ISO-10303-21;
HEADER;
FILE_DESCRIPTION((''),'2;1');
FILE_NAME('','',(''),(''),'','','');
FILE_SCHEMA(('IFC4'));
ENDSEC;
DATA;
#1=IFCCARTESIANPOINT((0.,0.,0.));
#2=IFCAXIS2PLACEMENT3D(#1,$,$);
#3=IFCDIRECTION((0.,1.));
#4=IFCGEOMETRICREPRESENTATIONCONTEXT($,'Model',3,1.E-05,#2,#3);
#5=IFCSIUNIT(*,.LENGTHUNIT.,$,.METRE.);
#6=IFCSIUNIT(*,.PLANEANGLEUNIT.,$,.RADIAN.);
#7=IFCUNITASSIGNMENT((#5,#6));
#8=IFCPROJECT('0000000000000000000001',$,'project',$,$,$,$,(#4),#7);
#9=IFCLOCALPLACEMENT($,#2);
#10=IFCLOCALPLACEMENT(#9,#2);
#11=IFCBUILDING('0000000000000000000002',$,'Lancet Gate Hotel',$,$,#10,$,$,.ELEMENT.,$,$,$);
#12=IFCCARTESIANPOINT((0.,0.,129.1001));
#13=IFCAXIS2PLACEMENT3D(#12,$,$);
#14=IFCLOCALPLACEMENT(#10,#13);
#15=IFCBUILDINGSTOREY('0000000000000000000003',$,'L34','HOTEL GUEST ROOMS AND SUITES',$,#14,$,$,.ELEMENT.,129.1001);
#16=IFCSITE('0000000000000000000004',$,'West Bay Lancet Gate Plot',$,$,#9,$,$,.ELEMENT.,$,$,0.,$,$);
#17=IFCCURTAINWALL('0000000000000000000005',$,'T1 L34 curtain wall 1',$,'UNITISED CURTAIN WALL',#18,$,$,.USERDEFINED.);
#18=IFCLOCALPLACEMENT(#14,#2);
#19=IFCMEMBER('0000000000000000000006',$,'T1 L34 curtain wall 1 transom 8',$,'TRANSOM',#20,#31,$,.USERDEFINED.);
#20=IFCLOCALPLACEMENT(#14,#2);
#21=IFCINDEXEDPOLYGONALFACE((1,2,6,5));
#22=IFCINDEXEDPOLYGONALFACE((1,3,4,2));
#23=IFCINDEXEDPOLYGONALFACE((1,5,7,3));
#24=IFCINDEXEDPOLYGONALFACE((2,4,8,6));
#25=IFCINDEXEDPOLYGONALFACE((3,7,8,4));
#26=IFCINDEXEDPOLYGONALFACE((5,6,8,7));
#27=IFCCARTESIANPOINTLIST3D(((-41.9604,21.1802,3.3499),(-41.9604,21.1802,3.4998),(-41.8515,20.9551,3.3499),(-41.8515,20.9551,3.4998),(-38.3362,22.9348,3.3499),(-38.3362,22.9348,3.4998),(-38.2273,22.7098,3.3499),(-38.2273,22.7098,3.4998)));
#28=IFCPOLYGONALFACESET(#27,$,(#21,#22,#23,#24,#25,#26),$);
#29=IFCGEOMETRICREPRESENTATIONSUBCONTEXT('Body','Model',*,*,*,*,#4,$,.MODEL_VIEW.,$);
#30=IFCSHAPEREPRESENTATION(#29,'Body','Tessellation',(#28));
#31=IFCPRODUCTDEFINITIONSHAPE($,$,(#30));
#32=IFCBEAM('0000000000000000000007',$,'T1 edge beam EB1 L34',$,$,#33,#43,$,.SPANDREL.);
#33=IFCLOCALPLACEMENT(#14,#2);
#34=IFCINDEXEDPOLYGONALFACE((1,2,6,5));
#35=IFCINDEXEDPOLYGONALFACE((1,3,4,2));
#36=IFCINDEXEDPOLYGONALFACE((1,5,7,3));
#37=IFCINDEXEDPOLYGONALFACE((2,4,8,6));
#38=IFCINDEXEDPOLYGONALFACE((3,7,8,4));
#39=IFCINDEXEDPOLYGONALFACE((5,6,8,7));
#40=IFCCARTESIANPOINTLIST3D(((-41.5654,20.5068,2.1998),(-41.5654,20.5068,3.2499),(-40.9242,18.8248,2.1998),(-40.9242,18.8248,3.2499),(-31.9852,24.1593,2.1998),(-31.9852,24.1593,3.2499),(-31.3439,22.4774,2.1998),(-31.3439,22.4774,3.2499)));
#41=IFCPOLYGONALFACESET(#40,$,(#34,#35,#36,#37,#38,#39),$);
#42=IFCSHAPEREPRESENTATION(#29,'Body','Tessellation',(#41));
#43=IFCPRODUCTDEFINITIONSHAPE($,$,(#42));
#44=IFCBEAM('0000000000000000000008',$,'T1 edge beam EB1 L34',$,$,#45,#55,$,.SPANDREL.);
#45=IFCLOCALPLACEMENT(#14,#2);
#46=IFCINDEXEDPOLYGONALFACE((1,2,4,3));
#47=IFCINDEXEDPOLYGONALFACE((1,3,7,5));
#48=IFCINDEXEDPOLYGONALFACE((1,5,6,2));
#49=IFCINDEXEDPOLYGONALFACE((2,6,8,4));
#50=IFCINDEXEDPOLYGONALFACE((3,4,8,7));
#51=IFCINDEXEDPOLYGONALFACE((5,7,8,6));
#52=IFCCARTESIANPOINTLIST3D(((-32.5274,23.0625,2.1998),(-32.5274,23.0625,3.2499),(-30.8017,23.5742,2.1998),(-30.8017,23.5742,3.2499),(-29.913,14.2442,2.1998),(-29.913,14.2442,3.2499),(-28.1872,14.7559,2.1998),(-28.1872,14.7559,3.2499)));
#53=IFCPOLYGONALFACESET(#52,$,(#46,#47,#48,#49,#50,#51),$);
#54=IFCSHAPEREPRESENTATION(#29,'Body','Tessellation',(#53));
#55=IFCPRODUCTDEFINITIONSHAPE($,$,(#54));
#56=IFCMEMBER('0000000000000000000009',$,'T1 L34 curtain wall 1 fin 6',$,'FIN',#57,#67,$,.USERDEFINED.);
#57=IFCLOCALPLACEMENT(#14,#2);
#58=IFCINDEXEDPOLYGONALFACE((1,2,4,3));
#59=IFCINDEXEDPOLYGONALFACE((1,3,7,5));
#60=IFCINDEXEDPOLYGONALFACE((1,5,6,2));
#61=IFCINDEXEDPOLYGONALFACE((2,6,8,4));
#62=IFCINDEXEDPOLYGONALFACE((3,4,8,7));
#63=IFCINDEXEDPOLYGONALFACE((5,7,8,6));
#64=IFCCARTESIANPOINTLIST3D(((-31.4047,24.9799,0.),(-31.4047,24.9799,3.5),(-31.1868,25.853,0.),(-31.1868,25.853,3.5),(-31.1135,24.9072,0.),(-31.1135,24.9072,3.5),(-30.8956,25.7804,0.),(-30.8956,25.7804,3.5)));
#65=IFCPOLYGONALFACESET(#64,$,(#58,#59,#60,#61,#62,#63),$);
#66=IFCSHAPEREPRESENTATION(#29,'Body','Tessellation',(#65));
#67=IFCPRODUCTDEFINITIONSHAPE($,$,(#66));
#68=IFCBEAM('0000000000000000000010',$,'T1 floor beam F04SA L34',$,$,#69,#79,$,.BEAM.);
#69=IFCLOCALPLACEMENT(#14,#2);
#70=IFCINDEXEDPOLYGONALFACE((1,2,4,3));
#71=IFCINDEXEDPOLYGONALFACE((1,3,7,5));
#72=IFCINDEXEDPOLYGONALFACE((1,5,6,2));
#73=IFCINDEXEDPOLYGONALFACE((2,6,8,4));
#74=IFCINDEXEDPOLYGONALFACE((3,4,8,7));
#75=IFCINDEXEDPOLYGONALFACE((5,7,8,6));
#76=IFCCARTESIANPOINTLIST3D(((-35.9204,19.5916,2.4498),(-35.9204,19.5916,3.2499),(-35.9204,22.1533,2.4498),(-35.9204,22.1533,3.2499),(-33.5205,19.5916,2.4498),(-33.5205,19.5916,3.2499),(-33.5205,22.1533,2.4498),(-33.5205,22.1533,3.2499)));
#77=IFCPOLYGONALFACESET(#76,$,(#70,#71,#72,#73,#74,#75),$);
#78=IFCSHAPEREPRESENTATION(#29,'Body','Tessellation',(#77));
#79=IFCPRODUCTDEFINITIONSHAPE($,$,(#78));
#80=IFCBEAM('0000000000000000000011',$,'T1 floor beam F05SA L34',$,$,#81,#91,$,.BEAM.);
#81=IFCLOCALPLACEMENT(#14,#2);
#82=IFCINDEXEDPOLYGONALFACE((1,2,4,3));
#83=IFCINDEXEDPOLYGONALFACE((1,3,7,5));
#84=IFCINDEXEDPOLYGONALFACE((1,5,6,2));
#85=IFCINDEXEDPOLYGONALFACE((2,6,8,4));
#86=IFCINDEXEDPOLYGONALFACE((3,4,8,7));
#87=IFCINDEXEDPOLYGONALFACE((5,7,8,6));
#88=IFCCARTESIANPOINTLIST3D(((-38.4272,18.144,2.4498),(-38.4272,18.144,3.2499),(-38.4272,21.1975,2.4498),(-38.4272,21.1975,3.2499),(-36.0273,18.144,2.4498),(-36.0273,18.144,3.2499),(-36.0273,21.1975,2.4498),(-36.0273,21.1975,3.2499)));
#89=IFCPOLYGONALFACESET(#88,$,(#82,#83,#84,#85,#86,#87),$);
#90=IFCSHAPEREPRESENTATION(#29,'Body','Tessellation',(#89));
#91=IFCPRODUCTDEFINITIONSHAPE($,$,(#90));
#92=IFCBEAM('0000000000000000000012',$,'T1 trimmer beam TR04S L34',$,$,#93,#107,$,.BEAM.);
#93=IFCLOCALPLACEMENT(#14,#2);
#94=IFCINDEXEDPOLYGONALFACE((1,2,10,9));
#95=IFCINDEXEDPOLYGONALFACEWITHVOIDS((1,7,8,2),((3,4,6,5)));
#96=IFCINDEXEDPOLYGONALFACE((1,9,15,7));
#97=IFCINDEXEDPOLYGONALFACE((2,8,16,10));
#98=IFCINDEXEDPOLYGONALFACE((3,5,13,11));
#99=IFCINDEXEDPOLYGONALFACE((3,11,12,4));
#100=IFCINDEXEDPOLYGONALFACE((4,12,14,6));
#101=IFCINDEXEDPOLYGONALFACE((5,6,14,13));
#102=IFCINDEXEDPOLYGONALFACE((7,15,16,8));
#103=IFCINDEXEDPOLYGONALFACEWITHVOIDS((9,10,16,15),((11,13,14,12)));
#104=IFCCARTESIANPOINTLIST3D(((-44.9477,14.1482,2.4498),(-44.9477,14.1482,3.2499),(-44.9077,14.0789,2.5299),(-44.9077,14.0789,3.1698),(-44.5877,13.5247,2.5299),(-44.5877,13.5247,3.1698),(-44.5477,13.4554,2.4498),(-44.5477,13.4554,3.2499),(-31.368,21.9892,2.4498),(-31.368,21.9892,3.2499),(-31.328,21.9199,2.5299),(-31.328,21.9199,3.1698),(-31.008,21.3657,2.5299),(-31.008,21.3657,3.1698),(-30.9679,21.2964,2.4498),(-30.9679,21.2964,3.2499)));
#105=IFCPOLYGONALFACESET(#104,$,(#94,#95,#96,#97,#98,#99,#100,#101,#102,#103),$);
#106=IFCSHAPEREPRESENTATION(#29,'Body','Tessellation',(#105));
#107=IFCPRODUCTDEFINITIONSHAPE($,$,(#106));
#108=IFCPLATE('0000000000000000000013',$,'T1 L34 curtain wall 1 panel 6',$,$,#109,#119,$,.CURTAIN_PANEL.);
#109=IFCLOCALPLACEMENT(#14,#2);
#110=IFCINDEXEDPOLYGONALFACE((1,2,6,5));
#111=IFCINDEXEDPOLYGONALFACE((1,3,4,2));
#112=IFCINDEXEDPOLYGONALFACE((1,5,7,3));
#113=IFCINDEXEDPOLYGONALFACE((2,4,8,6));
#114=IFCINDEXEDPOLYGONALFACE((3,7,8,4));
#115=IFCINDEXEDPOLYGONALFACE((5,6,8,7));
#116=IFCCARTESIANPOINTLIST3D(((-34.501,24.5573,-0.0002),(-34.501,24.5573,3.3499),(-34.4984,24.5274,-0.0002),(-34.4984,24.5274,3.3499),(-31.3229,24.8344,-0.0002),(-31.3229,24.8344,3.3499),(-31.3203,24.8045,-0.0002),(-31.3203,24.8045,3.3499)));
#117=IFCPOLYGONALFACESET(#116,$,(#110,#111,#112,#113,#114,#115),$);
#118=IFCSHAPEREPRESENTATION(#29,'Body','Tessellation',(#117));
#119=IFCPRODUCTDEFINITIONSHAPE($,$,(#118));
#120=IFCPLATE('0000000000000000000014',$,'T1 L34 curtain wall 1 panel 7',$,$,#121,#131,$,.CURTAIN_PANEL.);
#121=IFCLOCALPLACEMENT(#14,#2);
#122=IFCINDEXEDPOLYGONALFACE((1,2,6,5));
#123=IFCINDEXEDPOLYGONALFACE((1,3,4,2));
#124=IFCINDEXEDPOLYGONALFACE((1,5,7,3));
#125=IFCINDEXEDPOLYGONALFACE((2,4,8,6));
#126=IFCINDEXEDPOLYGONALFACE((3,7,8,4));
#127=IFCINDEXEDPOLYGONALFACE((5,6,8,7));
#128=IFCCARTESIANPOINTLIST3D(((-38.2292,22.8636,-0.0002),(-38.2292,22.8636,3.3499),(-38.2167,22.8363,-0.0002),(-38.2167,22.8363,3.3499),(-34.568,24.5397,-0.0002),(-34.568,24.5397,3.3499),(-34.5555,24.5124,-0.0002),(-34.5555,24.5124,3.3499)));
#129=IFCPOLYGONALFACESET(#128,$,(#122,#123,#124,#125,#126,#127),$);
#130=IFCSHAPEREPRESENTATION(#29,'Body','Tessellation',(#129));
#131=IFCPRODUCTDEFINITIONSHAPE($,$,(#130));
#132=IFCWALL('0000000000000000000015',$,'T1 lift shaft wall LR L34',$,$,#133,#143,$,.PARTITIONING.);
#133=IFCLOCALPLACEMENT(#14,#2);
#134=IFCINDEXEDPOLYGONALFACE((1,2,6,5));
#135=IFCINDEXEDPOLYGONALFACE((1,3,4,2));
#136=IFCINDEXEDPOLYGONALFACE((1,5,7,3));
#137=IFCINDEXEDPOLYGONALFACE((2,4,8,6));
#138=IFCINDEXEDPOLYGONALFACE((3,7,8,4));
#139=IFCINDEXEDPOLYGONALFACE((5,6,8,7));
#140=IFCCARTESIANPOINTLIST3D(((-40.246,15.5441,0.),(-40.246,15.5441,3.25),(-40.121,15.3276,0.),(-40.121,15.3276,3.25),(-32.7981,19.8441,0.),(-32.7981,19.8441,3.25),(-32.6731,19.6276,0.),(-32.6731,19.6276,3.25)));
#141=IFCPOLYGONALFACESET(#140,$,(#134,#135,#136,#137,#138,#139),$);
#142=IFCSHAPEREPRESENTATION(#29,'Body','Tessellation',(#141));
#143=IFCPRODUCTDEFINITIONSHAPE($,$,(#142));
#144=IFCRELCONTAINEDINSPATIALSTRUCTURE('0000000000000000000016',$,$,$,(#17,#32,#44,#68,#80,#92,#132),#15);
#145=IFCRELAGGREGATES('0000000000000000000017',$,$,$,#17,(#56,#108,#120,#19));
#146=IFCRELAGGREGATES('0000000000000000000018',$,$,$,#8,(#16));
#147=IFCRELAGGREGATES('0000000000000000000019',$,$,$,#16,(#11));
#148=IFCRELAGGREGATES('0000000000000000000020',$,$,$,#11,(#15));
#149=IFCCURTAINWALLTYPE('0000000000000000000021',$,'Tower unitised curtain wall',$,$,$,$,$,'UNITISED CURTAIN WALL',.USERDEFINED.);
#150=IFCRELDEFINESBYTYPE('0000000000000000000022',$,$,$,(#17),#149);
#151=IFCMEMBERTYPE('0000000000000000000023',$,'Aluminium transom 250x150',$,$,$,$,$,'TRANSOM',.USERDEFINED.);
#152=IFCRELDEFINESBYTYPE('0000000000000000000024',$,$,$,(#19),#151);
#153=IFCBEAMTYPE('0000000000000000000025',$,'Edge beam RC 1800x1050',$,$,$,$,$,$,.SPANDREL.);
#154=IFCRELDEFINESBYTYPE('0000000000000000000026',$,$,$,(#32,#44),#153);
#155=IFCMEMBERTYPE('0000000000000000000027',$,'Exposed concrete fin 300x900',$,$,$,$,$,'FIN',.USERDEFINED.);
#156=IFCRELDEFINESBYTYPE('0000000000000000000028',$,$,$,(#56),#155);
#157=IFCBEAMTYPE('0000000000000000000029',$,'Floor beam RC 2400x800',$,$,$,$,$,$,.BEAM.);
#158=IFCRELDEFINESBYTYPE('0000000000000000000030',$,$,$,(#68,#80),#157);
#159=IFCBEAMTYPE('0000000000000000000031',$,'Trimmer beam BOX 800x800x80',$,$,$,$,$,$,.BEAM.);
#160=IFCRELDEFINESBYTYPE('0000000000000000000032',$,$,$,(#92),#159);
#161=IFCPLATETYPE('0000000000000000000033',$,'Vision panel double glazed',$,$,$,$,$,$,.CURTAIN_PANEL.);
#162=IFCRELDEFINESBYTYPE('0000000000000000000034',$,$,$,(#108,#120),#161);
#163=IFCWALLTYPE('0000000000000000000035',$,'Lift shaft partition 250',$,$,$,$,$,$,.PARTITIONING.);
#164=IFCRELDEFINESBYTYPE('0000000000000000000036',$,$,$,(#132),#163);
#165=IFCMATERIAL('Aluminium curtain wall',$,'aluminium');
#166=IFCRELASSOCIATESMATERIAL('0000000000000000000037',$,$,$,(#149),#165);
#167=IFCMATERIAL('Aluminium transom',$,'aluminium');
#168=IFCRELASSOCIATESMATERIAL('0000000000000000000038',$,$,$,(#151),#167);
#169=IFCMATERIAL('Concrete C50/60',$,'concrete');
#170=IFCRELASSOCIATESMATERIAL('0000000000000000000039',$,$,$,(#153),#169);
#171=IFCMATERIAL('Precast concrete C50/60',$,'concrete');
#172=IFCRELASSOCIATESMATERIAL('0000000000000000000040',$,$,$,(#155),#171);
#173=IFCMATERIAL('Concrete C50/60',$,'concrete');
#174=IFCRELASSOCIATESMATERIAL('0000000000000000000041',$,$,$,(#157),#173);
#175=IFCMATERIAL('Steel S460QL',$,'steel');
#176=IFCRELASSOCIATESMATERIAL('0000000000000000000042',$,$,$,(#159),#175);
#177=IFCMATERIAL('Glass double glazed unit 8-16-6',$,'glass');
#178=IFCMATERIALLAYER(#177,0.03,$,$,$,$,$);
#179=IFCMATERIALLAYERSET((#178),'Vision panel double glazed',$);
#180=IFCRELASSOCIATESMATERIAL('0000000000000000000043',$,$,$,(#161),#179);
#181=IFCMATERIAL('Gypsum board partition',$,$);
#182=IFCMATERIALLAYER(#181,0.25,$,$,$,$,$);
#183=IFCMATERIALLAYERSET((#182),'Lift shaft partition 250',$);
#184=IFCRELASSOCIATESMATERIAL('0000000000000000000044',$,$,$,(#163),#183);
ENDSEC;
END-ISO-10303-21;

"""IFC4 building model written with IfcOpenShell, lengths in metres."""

from ifc_helpers import new_model, si_unit, direction, frame, frame_2d, origin, origin_2d, place, context, subcontext, project, spatial, rectangle, hollow_rectangle, extrude, material, layer, layer_set, material_profile, profile_set, type_object, element, aggregate, save


model = new_model("IFC4")

# Units and contexts
model_context = context("Model", 3, precision=1e-05, world=origin(), true_north=direction((0.0, 1.0)))
body_context = subcontext(model_context, "Body", "Model", "MODEL_VIEW")
ifc_project = project(units=[si_unit("LENGTHUNIT", "METRE"), si_unit("PLANEANGLEUNIT", "RADIAN")], contexts=[model_context])

# Site, building, storey
site_placement = place(None, origin())
site = spatial("IfcSite", under=ifc_project, at=site_placement, Name="West Bay Lancet Gate Plot", CompositionType="ELEMENT", RefElevation=0.0)
building_placement = place(site_placement, origin())
building = spatial("IfcBuilding", under=site, at=building_placement, Name="Lancet Gate Hotel", CompositionType="ELEMENT")
storey_placement = place(building_placement, frame((0.0, 0.0, 129.1001)))
storey = spatial("IfcBuildingStorey", under=building, at=storey_placement, Name="L34", Description="HOTEL GUEST ROOMS AND SUITES", CompositionType="ELEMENT", Elevation=129.1001)

# Curtain wall, member
ifc_material_1 = material(Name="Aluminium curtain wall", Category="aluminium")
curtain_wall_type = type_object("IfcCurtainWallType", Name="Tower unitised curtain wall", ElementType="UNITISED CURTAIN WALL", PredefinedType="USERDEFINED", material=ifc_material_1)
curtain_wall_placement = place(storey_placement, origin())
curtain_wall = element("IfcCurtainWall", 1, at=curtain_wall_placement, inside=storey, type_object=curtain_wall_type, Name="T1 L34 curtain wall 1", ObjectType="UNITISED CURTAIN WALL", PredefinedType="USERDEFINED")
ifc_material_2 = material(Name="Aluminium transom", Category="aluminium")
ifc_material_profile_1 = material_profile(ifc_material_2, rectangle(XDim=0.25, YDim=0.1499, at=origin_2d()), Name="TRANSOM 250x150")
ifc_profile_set_1 = profile_set([ifc_material_profile_1], Name="Aluminium transom")
member_type_1 = type_object("IfcMemberType", Name="Aluminium transom 250x150", ElementType="TRANSOM", PredefinedType="USERDEFINED", material=ifc_profile_set_1)
member_1_placement = place(storey_placement, frame((-38.2817, 22.8223, 3.4248), z_axis=(-0.900066, -0.435754, 0.0), x_axis=(0.435754, -0.900066, 0.0)))
member_1 = element("IfcMember", 2, at=member_1_placement, type_object=member_type_1, Name="T1 L34 curtain wall 1 transom 8", ObjectType="TRANSOM", PredefinedType="USERDEFINED", context=body_context, shape_type="SweptSolid", body=[
    extrude(rectangle(XDim=0.25, YDim=0.1499, at=origin_2d()), origin(), (0.0, 0.0, 1.0), 4.0266),
])

# Beams
ifc_material_3 = material(Name="Concrete C50/60", Category="concrete")
ifc_material_profile_2 = material_profile(ifc_material_3, rectangle(XDim=1.8, YDim=1.05, at=origin_2d()), Name="RC 1800x1050")
ifc_profile_set_2 = profile_set([ifc_material_profile_2], Name="Concrete C50/60")
beam_type_1 = type_object("IfcBeamType", Name="Edge beam RC 1800x1050", PredefinedType="SPANDREL", material=ifc_profile_set_2)
beam_1_placement = place(storey_placement, frame((-31.6646, 23.3184, 2.7249), z_axis=(-0.934392, -0.356246, 0.0), x_axis=(0.356246, -0.934392, 0.0)))
element("IfcBeam", 3, at=beam_1_placement, inside=storey, type_object=beam_type_1, Name="T1 edge beam EB1 L34", PredefinedType="SPANDREL", context=body_context, shape_type="SweptSolid", body=[
    extrude(rectangle(XDim=1.8, YDim=1.05, at=origin_2d()), origin(), (0.0, 0.0, 1.0), 10.2529),
])
beam_2_placement = place(storey_placement, frame((-31.6646, 23.3184, 2.7249), z_axis=(0.284254, -0.958749, 0.0), x_axis=(0.958749, 0.284254, 0.0)))
element("IfcBeam", 4, at=beam_2_placement, inside=storey, type_object=beam_type_1, Name="T1 edge beam EB1 L34", PredefinedType="SPANDREL", context=body_context, shape_type="SweptSolid", body=[
    extrude(rectangle(XDim=1.8, YDim=1.05, at=origin_2d()), origin(), (0.0, 0.0, 1.0), 9.1978),
])

# Member
ifc_material_4 = material(Name="Precast concrete C50/60", Category="concrete")
ifc_material_profile_3 = material_profile(ifc_material_4, rectangle(XDim=0.3, YDim=0.8999, at=origin_2d()), Name="FIN 300x900")
ifc_profile_set_3 = profile_set([ifc_material_profile_3], Name="Precast concrete C50/60")
member_type_2 = type_object("IfcMemberType", Name="Exposed concrete fin 300x900", ElementType="FIN", PredefinedType="USERDEFINED", material=ifc_profile_set_3)
member_2_placement = place(storey_placement, frame((-31.1501, 25.3801, 0.0), z_axis=(0.0, 0.0, 1.0), x_axis=(-0.970242, 0.242137, 0.0)))
member_2 = element("IfcMember", 5, at=member_2_placement, type_object=member_type_2, Name="T1 L34 curtain wall 1 fin 6", ObjectType="FIN", PredefinedType="USERDEFINED", context=body_context, shape_type="SweptSolid", body=[
    extrude(rectangle(XDim=0.3, YDim=0.8999, at=origin_2d()), origin(), (0.0, 0.0, 1.0), 3.5),
])

# Beams
ifc_material_5 = material(Name="Concrete C50/60", Category="concrete")
ifc_material_profile_4 = material_profile(ifc_material_5, rectangle(XDim=2.3999, YDim=0.8, at=origin_2d()), Name="RC 2400x800")
ifc_profile_set_4 = profile_set([ifc_material_profile_4], Name="Concrete C50/60")
beam_type_2 = type_object("IfcBeamType", Name="Floor beam RC 2400x800", PredefinedType="BEAM", material=ifc_profile_set_4)
beam_3_placement = place(storey_placement, frame((-34.7205, 22.1533, 2.8499), z_axis=(0.0, -1.0, 0.0), x_axis=(1.0, 0.0, 0.0)))
element("IfcBeam", 6, at=beam_3_placement, inside=storey, type_object=beam_type_2, Name="T1 floor beam F04SA L34", PredefinedType="BEAM", context=body_context, shape_type="SweptSolid", body=[
    extrude(rectangle(XDim=2.3999, YDim=0.8, at=origin_2d()), origin(), (0.0, 0.0, 1.0), 2.5618),
])
beam_4_placement = place(storey_placement, frame((-37.2273, 21.1975, 2.8499), z_axis=(0.0, -1.0, 0.0), x_axis=(1.0, 0.0, 0.0)))
element("IfcBeam", 7, at=beam_4_placement, inside=storey, type_object=beam_type_2, Name="T1 floor beam F05SA L34", PredefinedType="BEAM", context=body_context, shape_type="SweptSolid", body=[
    extrude(rectangle(XDim=2.3999, YDim=0.8, at=origin_2d()), origin(), (0.0, 0.0, 1.0), 3.0535),
])
ifc_material_6 = material(Name="Steel S460QL", Category="steel")
ifc_material_profile_5 = material_profile(ifc_material_6, hollow_rectangle(XDim=0.8, YDim=0.8, WallThickness=0.0801, at=origin_2d()), Name="BOX 800x800x80")
ifc_profile_set_5 = profile_set([ifc_material_profile_5], Name="Steel S460QL")
beam_type_3 = type_object("IfcBeamType", Name="Trimmer beam BOX 800x800x80", PredefinedType="BEAM", material=ifc_profile_set_5)
beam_5_placement = place(storey_placement, frame((-31.168, 21.6428, 2.8499), z_axis=(-0.866005, -0.500036, 0.0), x_axis=(0.500036, -0.866005, 0.0)))
element("IfcBeam", 8, at=beam_5_placement, inside=storey, type_object=beam_type_3, Name="T1 trimmer beam TR04S L34", PredefinedType="BEAM", context=body_context, shape_type="SweptSolid", body=[
    extrude(hollow_rectangle(XDim=0.8, YDim=0.8, WallThickness=0.0801, at=origin_2d()), origin(), (0.0, 0.0, 1.0), 15.6809),
])

# Plates
ifc_material_7 = material(Name="Glass double glazed unit 8-16-6", Category="glass")
ifc_layer_1 = layer(ifc_material_7, 0.03)
ifc_layer_set_1 = layer_set([ifc_layer_1], Name="Vision panel double glazed")
plate_type = type_object("IfcPlateType", Name="Vision panel double glazed", PredefinedType="CURTAIN_PANEL", material=ifc_layer_set_1)
plate_1_placement = place(storey_placement, frame((-32.9106, 24.6809, -0.0002), z_axis=(0.0, 0.0, 1.0), x_axis=(-0.996219, -0.08688, 0.0)))
plate_1 = element("IfcPlate", 9, at=plate_1_placement, type_object=plate_type, Name="T1 L34 curtain wall 1 panel 6", PredefinedType="CURTAIN_PANEL", context=body_context, shape_type="SweptSolid", body=[
    extrude(rectangle(XDim=3.1902, YDim=0.03, at=origin_2d()), origin(), (0.0, 0.0, 1.0), 3.3501),
])
plate_2_placement = place(storey_placement, frame((-36.3923, 23.688, -0.0002), z_axis=(0.0, 0.0, 1.0), x_axis=(-0.909253, -0.416245, 0.0)))
plate_2 = element("IfcPlate", 10, at=plate_2_placement, type_object=plate_type, Name="T1 L34 curtain wall 1 panel 7", PredefinedType="CURTAIN_PANEL", context=body_context, shape_type="SweptSolid", body=[
    extrude(rectangle(XDim=4.0266, YDim=0.03, at=origin_2d()), origin(), (0.0, 0.0, 1.0), 3.3501),
])
aggregate(curtain_wall, [member_2, plate_1, plate_2, member_1])

# Wall
ifc_material_8 = material(Name="Gypsum board partition")
ifc_layer_2 = layer(ifc_material_8, 0.25)
ifc_layer_set_2 = layer_set([ifc_layer_2], Name="Lift shaft partition 250")
wall_type = type_object("IfcWallType", Name="Lift shaft partition 250", PredefinedType="PARTITIONING", material=ifc_layer_set_2)
wall_placement = place(storey_placement, frame((-32.7356, 19.7358, 0.0), z_axis=(0.0, 0.0, 1.0), x_axis=(-0.866028, -0.499995, 0.0)))
element("IfcWall", 11, at=wall_placement, inside=storey, type_object=wall_type, Name="T1 lift shaft wall LR L34", PredefinedType="PARTITIONING", context=body_context, shape_type="SweptSolid", body=[
    extrude(rectangle(XDim=8.6001, YDim=0.25, at=frame_2d((4.3, 0.0))), origin(), (0.0, 0.0, 1.0), 3.25),
])

save(model, "model.ifc")
